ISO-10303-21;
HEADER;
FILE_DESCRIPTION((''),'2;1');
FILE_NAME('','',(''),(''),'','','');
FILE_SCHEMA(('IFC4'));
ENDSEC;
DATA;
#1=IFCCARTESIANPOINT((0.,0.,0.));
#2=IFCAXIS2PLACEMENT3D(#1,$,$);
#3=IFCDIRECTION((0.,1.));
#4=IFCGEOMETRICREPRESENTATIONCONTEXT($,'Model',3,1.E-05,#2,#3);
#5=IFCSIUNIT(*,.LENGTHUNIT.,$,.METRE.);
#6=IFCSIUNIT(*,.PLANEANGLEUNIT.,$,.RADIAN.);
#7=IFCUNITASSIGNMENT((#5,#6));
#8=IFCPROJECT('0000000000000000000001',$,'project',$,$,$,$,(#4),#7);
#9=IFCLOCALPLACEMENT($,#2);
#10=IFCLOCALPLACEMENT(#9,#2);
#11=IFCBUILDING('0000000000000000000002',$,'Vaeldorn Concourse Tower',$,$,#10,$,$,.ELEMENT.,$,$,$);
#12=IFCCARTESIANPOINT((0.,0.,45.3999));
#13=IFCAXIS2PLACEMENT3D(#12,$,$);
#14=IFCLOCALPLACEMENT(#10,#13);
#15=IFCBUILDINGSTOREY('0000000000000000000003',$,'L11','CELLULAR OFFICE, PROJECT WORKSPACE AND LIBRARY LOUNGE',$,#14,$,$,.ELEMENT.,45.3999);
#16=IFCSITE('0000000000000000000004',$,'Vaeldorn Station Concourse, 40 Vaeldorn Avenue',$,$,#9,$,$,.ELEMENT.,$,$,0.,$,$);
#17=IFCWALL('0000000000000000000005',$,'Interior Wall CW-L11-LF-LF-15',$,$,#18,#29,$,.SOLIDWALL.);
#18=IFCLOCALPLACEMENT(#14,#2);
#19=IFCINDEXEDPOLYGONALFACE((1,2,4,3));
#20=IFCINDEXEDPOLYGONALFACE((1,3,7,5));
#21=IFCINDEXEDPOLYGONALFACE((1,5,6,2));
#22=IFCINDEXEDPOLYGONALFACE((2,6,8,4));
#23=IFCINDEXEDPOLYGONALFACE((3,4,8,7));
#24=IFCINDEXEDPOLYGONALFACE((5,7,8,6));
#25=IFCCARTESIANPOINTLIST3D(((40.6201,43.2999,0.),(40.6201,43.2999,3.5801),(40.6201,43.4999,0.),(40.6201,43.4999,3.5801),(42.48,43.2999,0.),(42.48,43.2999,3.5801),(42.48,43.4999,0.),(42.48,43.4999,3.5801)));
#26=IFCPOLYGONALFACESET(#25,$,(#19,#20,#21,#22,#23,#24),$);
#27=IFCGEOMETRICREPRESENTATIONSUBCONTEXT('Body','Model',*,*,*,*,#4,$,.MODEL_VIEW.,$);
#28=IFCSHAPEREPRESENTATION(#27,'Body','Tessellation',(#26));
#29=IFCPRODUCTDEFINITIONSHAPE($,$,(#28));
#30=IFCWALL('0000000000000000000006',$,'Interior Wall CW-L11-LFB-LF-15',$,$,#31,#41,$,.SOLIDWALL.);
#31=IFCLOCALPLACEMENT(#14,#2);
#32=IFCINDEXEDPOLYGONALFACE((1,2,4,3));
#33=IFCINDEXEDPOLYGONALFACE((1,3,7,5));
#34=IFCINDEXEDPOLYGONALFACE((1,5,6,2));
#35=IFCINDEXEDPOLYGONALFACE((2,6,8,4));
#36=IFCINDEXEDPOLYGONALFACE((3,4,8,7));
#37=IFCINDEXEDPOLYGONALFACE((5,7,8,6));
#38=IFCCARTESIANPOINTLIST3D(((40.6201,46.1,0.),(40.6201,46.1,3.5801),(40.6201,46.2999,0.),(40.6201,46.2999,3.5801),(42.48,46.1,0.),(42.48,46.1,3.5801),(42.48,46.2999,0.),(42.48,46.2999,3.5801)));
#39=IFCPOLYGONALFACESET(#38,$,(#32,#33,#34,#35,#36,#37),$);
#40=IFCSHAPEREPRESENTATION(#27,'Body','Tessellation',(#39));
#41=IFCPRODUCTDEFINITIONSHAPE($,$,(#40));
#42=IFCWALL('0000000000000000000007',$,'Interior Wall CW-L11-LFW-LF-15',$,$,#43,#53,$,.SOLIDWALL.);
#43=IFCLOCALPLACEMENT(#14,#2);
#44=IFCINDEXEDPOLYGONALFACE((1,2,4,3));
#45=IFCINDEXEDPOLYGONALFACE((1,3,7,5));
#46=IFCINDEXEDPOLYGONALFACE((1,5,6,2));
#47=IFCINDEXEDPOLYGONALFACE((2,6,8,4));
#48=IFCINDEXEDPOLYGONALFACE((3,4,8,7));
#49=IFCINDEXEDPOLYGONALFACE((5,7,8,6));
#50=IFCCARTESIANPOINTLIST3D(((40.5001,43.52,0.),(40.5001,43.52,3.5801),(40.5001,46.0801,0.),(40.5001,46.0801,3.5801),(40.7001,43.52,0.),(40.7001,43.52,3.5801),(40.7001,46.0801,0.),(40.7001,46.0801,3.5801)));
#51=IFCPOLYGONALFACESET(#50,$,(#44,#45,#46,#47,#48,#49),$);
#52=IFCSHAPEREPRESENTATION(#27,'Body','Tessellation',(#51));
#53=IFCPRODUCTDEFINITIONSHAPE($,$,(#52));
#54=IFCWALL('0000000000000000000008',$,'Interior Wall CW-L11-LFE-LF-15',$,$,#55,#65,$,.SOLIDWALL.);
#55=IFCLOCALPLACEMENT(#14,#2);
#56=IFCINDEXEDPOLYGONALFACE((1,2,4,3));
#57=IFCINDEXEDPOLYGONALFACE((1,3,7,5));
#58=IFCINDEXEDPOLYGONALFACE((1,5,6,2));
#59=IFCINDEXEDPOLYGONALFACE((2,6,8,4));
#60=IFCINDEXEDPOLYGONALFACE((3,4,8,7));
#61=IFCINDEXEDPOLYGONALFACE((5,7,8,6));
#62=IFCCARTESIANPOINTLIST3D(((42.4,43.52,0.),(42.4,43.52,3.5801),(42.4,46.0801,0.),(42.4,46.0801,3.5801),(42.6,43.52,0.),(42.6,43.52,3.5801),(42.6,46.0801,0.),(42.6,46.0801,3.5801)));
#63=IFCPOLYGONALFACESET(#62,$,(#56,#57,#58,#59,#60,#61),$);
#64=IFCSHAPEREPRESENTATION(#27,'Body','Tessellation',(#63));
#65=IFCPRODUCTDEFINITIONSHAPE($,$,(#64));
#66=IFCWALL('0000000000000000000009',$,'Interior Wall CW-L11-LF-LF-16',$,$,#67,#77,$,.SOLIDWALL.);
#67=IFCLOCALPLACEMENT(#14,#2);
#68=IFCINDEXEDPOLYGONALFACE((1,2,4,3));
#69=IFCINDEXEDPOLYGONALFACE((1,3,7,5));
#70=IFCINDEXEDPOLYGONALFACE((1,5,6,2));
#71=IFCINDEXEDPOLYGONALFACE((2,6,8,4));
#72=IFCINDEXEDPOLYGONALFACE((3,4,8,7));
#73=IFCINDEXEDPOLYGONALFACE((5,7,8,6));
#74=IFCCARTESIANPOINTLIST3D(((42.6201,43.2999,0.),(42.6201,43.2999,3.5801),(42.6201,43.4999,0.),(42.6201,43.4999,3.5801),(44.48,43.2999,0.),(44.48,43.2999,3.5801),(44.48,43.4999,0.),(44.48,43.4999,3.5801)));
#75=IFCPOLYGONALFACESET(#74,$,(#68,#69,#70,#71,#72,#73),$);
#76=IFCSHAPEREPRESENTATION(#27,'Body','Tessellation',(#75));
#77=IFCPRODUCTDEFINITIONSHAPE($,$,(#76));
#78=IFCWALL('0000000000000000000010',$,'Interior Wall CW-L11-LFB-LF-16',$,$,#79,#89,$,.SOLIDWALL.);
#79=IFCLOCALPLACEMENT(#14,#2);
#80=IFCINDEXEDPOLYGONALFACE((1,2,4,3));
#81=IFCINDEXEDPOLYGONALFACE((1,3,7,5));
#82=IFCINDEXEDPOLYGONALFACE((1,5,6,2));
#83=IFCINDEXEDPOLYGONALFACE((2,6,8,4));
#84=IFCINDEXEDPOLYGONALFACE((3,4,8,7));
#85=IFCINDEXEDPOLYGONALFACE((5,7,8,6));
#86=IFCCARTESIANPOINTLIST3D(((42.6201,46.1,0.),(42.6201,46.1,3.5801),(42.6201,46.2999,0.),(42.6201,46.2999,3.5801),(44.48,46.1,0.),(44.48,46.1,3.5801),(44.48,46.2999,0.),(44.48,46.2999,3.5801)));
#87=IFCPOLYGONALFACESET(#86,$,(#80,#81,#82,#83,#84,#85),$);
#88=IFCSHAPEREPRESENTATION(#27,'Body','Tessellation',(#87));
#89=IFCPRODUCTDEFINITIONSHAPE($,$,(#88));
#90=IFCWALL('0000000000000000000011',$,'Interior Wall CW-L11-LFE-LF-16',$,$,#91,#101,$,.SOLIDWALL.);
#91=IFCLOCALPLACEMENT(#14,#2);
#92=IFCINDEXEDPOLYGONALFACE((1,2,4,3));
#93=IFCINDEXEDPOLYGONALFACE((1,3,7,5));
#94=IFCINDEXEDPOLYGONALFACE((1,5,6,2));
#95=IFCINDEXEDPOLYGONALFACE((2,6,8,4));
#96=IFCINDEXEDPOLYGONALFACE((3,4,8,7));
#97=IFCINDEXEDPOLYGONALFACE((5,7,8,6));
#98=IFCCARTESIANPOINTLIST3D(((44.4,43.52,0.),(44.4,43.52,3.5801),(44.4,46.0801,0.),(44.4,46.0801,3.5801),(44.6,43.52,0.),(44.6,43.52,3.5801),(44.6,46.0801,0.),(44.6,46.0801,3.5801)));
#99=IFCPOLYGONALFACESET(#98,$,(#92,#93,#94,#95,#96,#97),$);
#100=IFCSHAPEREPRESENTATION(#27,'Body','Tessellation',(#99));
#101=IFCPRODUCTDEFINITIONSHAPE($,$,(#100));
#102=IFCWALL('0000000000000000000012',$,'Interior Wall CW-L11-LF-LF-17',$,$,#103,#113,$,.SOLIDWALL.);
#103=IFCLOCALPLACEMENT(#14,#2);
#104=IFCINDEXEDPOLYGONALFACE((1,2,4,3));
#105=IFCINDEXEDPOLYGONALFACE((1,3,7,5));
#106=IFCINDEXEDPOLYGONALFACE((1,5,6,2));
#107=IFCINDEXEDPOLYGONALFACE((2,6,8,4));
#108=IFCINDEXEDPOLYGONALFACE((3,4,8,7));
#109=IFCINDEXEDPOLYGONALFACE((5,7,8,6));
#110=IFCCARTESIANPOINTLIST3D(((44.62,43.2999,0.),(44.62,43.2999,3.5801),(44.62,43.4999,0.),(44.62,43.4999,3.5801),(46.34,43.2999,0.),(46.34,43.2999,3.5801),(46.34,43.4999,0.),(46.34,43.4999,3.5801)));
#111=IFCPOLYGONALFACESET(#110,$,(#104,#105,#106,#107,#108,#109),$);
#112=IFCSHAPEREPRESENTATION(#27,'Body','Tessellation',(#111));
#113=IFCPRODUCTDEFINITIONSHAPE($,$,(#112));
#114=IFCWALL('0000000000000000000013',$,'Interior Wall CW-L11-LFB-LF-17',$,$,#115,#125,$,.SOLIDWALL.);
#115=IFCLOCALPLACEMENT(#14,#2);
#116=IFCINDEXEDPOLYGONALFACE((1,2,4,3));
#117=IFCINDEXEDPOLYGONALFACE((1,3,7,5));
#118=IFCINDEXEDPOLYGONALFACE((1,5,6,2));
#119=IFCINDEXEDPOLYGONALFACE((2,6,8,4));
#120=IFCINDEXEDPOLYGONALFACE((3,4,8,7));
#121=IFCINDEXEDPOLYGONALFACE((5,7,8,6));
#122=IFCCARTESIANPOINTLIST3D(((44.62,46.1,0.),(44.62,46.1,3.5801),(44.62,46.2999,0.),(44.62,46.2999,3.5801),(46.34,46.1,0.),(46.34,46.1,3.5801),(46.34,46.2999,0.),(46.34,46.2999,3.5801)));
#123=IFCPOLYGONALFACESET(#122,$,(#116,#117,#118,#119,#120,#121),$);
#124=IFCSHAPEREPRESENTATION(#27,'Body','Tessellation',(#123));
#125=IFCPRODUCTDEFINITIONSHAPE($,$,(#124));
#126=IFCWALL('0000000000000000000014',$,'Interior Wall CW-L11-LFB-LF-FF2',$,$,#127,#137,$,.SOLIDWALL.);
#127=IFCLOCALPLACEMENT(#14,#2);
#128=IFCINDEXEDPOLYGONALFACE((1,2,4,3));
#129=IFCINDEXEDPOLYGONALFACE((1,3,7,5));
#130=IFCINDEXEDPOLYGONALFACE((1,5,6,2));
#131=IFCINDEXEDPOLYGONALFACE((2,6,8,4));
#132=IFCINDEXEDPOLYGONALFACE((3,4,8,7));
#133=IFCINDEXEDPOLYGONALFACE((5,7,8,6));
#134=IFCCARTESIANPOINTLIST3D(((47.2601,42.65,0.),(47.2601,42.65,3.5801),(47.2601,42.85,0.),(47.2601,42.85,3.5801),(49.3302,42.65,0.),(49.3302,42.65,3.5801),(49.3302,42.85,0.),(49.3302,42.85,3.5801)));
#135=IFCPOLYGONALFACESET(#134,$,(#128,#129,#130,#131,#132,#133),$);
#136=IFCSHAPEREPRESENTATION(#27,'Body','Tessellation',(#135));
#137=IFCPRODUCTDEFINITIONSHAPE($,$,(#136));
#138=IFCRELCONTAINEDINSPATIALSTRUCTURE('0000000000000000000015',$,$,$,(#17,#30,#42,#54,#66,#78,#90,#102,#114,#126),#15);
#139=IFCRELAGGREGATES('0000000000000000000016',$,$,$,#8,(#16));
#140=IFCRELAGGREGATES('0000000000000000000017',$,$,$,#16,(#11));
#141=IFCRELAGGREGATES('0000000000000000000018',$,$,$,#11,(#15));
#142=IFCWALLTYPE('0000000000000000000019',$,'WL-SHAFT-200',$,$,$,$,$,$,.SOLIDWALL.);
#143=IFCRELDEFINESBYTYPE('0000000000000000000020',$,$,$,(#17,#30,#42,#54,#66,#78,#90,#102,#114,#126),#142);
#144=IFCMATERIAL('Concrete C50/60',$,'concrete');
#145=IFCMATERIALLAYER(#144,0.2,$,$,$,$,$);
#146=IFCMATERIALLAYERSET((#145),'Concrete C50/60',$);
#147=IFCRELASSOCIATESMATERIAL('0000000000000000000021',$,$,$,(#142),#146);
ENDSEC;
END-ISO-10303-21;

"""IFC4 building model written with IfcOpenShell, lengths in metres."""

from ifc_helpers import new_model, si_unit, direction, frame, frame_2d, origin, place, context, subcontext, project, spatial, rectangle, extrude, material, layer, layer_set, type_object, element, save


model = new_model("IFC4")

# Units and contexts
model_context = context("Model", 3, precision=1e-05, world=origin(), true_north=direction((0.0, 1.0)))
body_context = subcontext(model_context, "Body", "Model", "MODEL_VIEW")
ifc_project = project(units=[si_unit("LENGTHUNIT", "METRE"), si_unit("PLANEANGLEUNIT", "RADIAN")], contexts=[model_context])

# Site, building, storey
site_placement = place(None, origin())
site = spatial("IfcSite", under=ifc_project, at=site_placement, Name="Vaeldorn Station Concourse, 40 Vaeldorn Avenue", CompositionType="ELEMENT", RefElevation=0.0)
building_placement = place(site_placement, origin())
building = spatial("IfcBuilding", under=site, at=building_placement, Name="Vaeldorn Concourse Tower", CompositionType="ELEMENT")
storey_placement = place(building_placement, frame((0.0, 0.0, 45.3999)))
storey = spatial("IfcBuildingStorey", under=building, at=storey_placement, Name="L11", Description="CELLULAR OFFICE, PROJECT WORKSPACE AND LIBRARY LOUNGE", CompositionType="ELEMENT", Elevation=45.3999)

# Shared definitions
ifc_material_1 = material(Name="Concrete C50/60", Category="concrete")
ifc_layer_1 = layer(ifc_material_1, 0.2)
ifc_layer_set_1 = layer_set([ifc_layer_1], Name="Concrete C50/60")
wall_type_1 = type_object("IfcWallType", Name="WL-SHAFT-200", PredefinedType="SOLIDWALL", material=ifc_layer_set_1)

# Walls
for number, where, z_axis, x_axis, name in (
    (1, (40.6201, 43.3999, 0.0), (0.0, 0.0, 1.0), (1.0, 0.0, 0.0), "Interior Wall CW-L11-LF-LF-15"),
    (2, (40.6201, 46.2, 0.0), (0.0, 0.0, 1.0), (1.0, 0.0, 0.0), "Interior Wall CW-L11-LFB-LF-15"),
):
    element("IfcWall", number, at=place(storey_placement, frame(where, z_axis=z_axis, x_axis=x_axis)), inside=storey, type_object=wall_type_1, Name=name, PredefinedType="SOLIDWALL", context=body_context, shape_type="SweptSolid", body=[
        extrude(rectangle(XDim=1.8599, YDim=0.2, at=frame_2d((0.9299, 0.0))), origin(), (0.0, 0.0, 1.0), 3.5801),
    ])
for number, where, z_axis, x_axis, name in (
    (3, (40.6001, 43.52, 0.0), (0.0, 0.0, 1.0), (0.0, 1.0, 0.0), "Interior Wall CW-L11-LFW-LF-15"),
    (4, (42.5, 43.52, 0.0), (0.0, 0.0, 1.0), (0.0, 1.0, 0.0), "Interior Wall CW-L11-LFE-LF-15"),
):
    element("IfcWall", number, at=place(storey_placement, frame(where, z_axis=z_axis, x_axis=x_axis)), inside=storey, type_object=wall_type_1, Name=name, PredefinedType="SOLIDWALL", context=body_context, shape_type="SweptSolid", body=[
        extrude(rectangle(XDim=2.5601, YDim=0.2, at=frame_2d((1.28, 0.0))), origin(), (0.0, 0.0, 1.0), 3.5801),
    ])
for number, where, z_axis, x_axis, name in (
    (5, (42.6201, 43.3999, 0.0), (0.0, 0.0, 1.0), (1.0, 0.0, 0.0), "Interior Wall CW-L11-LF-LF-16"),
    (6, (42.6201, 46.2, 0.0), (0.0, 0.0, 1.0), (1.0, 0.0, 0.0), "Interior Wall CW-L11-LFB-LF-16"),
):
    element("IfcWall", number, at=place(storey_placement, frame(where, z_axis=z_axis, x_axis=x_axis)), inside=storey, type_object=wall_type_1, Name=name, PredefinedType="SOLIDWALL", context=body_context, shape_type="SweptSolid", body=[
        extrude(rectangle(XDim=1.8599, YDim=0.2, at=frame_2d((0.9299, 0.0))), origin(), (0.0, 0.0, 1.0), 3.5801),
    ])
wall_1_placement = place(storey_placement, frame((44.5, 43.52, 0.0), z_axis=(0.0, 0.0, 1.0), x_axis=(0.0, 1.0, 0.0)))
element("IfcWall", 7, at=wall_1_placement, inside=storey, type_object=wall_type_1, Name="Interior Wall CW-L11-LFE-LF-16", PredefinedType="SOLIDWALL", context=body_context, shape_type="SweptSolid", body=[
    extrude(rectangle(XDim=2.5601, YDim=0.2, at=frame_2d((1.28, 0.0))), origin(), (0.0, 0.0, 1.0), 3.5801),
])
for number, where, z_axis, x_axis, name in (
    (8, (44.6201, 43.3999, 0.0), (0.0, 0.0, 1.0), (1.0, 0.0, 0.0), "Interior Wall CW-L11-LF-LF-17"),
    (9, (44.6201, 46.2, 0.0), (0.0, 0.0, 1.0), (1.0, 0.0, 0.0), "Interior Wall CW-L11-LFB-LF-17"),
):
    element("IfcWall", number, at=place(storey_placement, frame(where, z_axis=z_axis, x_axis=x_axis)), inside=storey, type_object=wall_type_1, Name=name, PredefinedType="SOLIDWALL", context=body_context, shape_type="SweptSolid", body=[
        extrude(rectangle(XDim=1.72, YDim=0.2, at=frame_2d((0.8599, 0.0))), origin(), (0.0, 0.0, 1.0), 3.5801),
    ])

# Wall
wall_2_placement = place(storey_placement, frame((47.26, 42.75, 0.0), z_axis=(0.0, 0.0, 1.0), x_axis=(1.0, 0.0, 0.0)))
element("IfcWall", 10, at=wall_2_placement, inside=storey, type_object=wall_type_1, Name="Interior Wall CW-L11-LFB-LF-FF2", PredefinedType="SOLIDWALL", context=body_context, shape_type="SweptSolid", body=[
    extrude(rectangle(XDim=2.0701, YDim=0.2, at=frame_2d((1.0352, 0.0))), origin(), (0.0, 0.0, 1.0), 3.5801),
])

save(model, "model.ifc")
